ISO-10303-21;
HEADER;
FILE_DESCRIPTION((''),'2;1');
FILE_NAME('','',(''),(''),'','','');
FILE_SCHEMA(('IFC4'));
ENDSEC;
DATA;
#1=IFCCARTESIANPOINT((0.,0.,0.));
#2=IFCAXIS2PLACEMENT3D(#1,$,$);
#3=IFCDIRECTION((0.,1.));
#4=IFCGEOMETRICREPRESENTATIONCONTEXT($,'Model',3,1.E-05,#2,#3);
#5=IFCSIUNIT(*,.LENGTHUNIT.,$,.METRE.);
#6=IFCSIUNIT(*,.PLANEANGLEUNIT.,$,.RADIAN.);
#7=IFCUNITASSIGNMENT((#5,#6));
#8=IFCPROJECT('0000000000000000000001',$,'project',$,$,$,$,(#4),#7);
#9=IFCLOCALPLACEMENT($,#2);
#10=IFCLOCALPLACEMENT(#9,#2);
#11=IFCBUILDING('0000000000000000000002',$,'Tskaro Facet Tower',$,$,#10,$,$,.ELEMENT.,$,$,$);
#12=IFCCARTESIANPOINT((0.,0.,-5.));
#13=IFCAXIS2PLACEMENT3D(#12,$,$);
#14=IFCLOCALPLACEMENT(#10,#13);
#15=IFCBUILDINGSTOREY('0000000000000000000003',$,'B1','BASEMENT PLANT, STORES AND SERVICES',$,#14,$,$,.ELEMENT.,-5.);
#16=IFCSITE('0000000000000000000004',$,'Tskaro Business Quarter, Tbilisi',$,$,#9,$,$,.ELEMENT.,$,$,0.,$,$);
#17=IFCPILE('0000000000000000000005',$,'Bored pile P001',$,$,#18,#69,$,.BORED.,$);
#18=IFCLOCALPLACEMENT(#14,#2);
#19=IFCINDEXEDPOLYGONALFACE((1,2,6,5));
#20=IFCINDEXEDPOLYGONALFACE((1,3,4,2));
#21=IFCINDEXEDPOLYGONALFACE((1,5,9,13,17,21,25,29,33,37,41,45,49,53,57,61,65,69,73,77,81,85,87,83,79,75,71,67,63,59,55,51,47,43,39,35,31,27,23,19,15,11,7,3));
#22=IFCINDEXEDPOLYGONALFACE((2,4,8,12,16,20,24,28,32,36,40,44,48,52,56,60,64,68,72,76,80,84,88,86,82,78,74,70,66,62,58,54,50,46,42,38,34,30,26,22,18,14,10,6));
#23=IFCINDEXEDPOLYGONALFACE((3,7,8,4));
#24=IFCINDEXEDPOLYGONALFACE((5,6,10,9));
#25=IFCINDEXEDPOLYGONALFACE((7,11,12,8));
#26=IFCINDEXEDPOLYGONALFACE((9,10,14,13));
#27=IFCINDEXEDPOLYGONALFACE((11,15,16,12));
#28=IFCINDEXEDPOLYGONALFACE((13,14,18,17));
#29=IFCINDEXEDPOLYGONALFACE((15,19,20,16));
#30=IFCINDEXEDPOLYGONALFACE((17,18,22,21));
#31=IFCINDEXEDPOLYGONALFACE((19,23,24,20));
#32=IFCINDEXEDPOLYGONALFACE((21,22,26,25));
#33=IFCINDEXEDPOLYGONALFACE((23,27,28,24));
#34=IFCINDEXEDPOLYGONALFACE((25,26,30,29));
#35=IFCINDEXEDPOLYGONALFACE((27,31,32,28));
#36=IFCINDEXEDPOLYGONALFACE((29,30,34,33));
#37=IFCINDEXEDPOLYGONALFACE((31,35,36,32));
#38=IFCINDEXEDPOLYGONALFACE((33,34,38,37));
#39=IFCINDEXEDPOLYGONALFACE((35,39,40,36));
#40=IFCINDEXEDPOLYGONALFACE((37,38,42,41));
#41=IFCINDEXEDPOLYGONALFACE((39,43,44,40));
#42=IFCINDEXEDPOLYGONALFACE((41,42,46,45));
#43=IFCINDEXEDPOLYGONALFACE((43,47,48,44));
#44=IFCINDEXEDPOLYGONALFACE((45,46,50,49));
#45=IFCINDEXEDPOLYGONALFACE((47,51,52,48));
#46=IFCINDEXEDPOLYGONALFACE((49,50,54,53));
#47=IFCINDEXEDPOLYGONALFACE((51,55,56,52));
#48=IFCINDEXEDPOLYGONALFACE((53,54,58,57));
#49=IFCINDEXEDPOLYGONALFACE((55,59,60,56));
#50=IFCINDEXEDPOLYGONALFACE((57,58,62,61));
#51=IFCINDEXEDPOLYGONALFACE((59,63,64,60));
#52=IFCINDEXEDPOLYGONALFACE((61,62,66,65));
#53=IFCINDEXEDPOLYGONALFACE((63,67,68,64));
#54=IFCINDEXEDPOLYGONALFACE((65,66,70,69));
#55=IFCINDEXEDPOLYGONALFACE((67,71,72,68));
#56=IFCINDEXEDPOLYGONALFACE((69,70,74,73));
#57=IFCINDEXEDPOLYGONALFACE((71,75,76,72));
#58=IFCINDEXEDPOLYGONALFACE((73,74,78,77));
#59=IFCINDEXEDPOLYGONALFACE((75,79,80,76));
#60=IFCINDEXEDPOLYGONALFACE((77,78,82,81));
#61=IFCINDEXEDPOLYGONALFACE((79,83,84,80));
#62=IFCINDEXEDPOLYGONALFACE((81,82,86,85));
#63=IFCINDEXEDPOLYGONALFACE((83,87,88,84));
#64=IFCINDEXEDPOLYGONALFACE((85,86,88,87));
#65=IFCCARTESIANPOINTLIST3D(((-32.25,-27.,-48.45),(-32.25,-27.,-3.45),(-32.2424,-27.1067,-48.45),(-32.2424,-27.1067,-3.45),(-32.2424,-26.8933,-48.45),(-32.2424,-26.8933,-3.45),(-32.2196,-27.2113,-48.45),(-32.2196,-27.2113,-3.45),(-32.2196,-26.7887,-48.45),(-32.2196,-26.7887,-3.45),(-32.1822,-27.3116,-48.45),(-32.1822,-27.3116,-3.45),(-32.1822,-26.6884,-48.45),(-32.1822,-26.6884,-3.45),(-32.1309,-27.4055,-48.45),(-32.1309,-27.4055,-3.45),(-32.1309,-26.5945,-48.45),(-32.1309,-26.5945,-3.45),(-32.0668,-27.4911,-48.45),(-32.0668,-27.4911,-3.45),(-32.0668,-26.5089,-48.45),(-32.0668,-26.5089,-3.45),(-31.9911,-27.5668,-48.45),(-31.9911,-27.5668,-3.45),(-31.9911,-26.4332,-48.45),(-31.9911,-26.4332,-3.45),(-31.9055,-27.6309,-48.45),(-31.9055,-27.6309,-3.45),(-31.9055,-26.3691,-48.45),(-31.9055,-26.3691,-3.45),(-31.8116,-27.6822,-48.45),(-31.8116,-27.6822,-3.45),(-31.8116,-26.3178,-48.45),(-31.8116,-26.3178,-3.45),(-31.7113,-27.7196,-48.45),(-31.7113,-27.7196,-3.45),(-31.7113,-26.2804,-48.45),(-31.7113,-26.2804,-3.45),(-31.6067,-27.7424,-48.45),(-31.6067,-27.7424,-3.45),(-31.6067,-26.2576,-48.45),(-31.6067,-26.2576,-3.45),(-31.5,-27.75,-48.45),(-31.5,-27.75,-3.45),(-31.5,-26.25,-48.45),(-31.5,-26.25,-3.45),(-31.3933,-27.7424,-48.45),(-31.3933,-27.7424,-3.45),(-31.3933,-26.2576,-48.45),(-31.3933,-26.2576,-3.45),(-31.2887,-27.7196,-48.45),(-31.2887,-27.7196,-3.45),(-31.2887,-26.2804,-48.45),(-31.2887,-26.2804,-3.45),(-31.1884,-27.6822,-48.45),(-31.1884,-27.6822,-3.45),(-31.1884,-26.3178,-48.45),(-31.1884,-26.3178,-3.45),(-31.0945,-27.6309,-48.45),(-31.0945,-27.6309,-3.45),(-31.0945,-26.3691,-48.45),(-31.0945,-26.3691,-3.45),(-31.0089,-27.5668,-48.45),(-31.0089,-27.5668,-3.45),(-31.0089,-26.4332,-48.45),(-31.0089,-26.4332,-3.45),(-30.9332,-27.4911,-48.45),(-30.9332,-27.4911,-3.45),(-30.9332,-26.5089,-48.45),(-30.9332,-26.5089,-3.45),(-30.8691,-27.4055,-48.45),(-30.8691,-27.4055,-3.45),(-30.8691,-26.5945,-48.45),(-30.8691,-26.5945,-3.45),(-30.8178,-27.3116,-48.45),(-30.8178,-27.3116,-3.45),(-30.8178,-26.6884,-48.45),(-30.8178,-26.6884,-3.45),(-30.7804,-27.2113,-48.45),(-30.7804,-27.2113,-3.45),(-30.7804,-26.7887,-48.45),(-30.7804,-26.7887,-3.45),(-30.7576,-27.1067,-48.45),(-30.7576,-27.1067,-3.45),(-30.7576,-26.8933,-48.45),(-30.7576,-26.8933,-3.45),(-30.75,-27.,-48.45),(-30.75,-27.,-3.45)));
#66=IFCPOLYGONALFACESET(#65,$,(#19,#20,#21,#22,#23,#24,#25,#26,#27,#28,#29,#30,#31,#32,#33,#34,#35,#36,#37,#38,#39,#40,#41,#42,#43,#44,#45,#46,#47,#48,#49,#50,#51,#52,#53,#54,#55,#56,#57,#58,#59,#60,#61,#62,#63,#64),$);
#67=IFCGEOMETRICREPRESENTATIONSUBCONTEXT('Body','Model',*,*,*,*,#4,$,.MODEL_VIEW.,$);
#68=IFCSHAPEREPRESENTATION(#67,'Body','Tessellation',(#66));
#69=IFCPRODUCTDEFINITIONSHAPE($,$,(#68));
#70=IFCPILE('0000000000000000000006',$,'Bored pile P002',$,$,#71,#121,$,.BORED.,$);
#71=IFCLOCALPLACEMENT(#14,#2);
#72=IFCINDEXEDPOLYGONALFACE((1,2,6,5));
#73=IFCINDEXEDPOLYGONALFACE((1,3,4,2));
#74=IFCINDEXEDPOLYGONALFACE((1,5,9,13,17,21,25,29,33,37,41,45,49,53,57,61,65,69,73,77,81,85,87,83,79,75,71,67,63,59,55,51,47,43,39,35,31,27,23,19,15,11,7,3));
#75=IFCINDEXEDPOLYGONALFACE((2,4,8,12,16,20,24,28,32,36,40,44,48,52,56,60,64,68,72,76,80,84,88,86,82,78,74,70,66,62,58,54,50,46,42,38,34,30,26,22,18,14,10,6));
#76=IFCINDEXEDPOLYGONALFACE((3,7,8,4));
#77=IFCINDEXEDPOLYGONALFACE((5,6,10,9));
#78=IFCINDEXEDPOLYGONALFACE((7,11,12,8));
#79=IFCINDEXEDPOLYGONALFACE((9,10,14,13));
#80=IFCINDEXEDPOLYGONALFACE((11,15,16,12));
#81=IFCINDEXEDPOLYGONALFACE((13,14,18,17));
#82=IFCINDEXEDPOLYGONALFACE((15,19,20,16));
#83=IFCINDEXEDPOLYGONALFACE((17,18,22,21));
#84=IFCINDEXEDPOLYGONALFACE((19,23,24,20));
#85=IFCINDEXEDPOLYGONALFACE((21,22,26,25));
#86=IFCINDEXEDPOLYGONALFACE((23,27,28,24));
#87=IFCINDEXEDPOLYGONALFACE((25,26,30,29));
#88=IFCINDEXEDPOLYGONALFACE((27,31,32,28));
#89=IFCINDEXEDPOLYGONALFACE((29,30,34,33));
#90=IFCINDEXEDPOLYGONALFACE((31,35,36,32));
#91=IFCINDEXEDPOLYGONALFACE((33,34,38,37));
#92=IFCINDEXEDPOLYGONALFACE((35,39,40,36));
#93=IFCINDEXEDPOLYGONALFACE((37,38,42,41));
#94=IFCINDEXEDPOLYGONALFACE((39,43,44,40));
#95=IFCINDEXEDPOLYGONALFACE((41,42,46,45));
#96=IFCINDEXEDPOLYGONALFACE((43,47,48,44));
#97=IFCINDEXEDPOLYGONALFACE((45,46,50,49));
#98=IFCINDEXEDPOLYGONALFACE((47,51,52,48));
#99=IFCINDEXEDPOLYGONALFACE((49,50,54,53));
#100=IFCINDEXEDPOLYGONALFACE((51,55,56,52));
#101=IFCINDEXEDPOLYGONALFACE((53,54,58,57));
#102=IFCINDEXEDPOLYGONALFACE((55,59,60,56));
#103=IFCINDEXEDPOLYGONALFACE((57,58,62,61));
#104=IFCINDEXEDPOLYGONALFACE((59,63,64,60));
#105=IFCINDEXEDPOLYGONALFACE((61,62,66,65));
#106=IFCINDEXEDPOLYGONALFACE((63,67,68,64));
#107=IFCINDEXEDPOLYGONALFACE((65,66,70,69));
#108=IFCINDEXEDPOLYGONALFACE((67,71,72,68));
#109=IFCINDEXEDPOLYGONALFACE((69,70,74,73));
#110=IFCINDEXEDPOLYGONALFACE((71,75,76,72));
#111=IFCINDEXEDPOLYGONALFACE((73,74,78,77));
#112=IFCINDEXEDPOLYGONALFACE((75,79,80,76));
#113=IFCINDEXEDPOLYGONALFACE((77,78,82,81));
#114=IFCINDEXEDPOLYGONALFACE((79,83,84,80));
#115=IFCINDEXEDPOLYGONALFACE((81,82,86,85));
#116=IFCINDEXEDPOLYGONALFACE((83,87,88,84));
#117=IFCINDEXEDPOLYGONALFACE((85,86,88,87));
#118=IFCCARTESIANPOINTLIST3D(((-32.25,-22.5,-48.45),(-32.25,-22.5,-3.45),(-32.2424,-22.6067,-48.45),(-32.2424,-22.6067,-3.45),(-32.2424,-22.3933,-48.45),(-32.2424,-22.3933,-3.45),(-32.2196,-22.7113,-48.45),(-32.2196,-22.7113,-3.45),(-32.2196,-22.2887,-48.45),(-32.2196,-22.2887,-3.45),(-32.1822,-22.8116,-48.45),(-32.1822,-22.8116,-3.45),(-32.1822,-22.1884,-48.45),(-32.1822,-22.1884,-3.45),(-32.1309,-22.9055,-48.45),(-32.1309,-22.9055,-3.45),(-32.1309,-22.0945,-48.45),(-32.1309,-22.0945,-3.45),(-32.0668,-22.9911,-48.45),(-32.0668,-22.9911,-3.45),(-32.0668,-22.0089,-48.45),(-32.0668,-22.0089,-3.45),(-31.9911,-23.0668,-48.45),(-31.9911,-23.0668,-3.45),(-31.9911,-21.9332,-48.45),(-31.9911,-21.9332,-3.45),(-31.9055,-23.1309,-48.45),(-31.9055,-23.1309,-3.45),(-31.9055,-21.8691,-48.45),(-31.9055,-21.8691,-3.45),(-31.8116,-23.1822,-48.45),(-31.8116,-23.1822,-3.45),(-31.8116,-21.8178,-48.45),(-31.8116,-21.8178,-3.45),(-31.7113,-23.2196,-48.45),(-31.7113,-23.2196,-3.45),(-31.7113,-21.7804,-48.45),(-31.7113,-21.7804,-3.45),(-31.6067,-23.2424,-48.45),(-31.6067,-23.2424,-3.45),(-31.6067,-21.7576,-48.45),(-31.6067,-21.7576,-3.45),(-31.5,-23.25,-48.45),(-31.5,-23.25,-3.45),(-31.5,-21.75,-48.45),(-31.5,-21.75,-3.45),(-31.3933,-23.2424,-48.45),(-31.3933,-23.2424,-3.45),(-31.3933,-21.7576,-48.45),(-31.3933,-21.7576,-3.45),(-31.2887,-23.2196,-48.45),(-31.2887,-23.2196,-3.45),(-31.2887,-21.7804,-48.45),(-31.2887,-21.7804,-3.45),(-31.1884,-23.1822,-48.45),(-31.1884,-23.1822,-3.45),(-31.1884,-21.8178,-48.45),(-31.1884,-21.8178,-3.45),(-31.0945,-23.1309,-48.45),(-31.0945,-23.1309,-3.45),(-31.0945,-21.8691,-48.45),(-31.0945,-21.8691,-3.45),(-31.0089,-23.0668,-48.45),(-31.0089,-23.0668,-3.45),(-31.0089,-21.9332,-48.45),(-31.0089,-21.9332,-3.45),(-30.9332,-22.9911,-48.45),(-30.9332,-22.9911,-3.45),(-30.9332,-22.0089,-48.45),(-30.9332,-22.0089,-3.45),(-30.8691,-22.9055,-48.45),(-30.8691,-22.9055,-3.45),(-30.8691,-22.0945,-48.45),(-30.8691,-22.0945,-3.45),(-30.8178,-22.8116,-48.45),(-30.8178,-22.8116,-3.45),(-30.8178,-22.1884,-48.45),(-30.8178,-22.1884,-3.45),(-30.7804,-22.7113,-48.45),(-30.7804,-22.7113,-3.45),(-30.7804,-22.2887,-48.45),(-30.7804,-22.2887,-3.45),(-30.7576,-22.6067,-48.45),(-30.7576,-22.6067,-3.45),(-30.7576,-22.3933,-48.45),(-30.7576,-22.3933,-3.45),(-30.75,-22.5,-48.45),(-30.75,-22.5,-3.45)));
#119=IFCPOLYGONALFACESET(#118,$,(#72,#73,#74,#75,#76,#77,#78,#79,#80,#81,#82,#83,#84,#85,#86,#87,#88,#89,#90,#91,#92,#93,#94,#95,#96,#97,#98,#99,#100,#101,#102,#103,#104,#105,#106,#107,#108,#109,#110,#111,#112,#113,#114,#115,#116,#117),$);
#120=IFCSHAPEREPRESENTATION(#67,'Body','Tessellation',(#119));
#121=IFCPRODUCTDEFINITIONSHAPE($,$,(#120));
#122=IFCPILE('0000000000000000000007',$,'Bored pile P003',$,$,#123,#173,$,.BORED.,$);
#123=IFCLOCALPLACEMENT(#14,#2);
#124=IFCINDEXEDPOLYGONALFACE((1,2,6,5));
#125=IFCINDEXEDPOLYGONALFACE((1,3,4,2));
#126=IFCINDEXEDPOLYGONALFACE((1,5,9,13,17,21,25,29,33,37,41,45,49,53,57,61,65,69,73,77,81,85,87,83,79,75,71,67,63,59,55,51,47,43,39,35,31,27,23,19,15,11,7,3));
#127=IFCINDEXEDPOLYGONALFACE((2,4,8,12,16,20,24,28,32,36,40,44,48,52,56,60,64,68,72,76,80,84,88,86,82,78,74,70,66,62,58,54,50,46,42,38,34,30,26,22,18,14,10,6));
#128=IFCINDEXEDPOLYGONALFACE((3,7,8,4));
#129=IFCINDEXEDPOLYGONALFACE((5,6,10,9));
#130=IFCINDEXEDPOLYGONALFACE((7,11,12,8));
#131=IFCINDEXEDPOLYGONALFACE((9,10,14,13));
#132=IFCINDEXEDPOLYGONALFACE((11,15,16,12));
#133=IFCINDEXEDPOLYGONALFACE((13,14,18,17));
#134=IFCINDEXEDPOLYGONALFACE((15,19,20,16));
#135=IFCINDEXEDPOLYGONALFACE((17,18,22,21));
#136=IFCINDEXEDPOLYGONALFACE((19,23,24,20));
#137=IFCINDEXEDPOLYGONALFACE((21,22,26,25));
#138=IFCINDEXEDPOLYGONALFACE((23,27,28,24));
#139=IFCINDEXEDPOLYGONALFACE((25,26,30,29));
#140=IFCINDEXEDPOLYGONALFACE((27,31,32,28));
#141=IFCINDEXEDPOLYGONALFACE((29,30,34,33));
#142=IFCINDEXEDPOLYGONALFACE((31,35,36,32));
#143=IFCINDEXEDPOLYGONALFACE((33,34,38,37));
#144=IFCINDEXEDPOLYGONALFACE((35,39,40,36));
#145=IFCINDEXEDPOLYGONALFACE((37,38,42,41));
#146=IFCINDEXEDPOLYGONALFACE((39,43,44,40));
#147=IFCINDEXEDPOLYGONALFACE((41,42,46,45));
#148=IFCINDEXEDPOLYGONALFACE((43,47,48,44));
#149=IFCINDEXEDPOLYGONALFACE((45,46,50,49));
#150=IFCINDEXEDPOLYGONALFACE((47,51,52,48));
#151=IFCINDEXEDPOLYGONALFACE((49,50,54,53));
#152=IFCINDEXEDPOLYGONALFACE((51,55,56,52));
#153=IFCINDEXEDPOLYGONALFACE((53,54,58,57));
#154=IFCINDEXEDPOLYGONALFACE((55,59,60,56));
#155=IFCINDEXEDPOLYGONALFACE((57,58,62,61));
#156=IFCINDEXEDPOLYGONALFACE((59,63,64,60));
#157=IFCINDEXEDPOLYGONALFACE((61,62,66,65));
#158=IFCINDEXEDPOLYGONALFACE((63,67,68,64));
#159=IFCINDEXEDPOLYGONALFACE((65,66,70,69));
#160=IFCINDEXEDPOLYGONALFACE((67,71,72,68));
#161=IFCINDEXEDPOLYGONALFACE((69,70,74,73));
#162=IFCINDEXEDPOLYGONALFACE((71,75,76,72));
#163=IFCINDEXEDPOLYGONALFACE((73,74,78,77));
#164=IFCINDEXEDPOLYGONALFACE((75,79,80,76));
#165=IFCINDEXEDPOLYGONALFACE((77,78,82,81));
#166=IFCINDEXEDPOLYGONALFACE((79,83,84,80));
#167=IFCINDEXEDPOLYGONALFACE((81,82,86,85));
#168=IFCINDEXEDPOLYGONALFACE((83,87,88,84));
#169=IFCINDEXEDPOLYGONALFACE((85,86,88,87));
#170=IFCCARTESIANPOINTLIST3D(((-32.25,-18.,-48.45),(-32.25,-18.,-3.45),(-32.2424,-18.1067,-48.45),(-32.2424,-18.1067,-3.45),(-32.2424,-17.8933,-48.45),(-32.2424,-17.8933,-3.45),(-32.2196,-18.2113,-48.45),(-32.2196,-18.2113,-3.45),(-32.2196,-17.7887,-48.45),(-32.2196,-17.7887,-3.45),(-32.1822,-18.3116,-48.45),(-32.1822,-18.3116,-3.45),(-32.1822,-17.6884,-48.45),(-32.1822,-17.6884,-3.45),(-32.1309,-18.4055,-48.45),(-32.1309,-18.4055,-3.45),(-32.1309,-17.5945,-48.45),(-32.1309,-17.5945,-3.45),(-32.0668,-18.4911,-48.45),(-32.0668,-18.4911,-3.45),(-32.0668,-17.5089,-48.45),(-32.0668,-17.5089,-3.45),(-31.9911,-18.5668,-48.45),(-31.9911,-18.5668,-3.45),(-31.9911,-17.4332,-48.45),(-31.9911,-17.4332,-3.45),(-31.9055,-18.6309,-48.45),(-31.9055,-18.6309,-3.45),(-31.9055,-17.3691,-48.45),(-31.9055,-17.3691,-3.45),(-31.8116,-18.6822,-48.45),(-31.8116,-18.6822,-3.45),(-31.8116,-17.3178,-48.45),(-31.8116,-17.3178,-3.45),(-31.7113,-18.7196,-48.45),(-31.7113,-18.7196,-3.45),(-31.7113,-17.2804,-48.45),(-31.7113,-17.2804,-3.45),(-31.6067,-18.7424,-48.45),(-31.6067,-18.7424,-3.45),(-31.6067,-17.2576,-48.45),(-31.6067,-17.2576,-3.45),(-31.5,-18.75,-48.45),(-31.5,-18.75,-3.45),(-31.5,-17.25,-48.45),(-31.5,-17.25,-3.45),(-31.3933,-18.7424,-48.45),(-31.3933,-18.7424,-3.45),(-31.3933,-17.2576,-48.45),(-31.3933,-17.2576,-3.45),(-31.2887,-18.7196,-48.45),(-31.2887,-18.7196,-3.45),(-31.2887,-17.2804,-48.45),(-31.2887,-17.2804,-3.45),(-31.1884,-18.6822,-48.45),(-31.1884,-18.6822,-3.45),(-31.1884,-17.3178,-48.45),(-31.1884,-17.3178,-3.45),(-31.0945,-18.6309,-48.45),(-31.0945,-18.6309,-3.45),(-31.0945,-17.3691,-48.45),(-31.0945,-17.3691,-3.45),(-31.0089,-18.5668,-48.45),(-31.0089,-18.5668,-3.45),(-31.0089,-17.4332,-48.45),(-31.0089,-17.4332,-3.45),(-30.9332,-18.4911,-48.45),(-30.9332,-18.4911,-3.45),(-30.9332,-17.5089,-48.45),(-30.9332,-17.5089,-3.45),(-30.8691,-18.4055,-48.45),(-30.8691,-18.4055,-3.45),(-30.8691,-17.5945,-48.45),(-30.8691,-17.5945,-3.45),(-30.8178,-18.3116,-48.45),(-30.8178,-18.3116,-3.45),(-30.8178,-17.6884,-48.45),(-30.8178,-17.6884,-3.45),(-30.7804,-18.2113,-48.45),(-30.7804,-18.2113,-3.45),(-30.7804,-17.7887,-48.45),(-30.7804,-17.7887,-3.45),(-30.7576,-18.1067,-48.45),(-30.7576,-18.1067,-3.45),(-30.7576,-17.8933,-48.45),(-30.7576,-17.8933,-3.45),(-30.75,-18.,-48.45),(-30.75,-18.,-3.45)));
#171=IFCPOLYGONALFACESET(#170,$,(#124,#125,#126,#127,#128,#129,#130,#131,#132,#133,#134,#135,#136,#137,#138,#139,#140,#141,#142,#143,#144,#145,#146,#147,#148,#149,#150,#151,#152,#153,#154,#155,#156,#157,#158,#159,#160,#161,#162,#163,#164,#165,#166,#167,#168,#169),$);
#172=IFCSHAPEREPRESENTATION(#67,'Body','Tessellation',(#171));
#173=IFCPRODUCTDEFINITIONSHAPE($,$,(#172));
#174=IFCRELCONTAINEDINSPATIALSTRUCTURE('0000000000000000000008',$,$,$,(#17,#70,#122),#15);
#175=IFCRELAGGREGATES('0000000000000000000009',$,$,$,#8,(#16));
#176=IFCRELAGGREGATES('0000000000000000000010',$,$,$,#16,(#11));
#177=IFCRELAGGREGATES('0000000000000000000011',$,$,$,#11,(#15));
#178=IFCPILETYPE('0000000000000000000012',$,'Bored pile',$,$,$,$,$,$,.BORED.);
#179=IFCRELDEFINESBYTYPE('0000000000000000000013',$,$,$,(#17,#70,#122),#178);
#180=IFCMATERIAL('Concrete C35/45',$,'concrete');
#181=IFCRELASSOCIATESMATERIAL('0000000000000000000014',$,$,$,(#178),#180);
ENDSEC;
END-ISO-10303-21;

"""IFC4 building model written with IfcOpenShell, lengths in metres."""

from ifc_helpers import new_model, si_unit, direction, frame, origin, origin_2d, place, context, subcontext, project, spatial, circle, extrude, material, material_profile, profile_set, type_object, element, save


model = new_model("IFC4")

# Units and contexts
model_context = context("Model", 3, precision=1e-05, world=origin(), true_north=direction((0.0, 1.0)))
body_context = subcontext(model_context, "Body", "Model", "MODEL_VIEW")
ifc_project = project(units=[si_unit("LENGTHUNIT", "METRE"), si_unit("PLANEANGLEUNIT", "RADIAN")], contexts=[model_context])

# Site, building, storey
site_placement = place(None, origin())
site = spatial("IfcSite", under=ifc_project, at=site_placement, Name="Tskaro Business Quarter, Tbilisi", CompositionType="ELEMENT", RefElevation=0.0)
building_placement = place(site_placement, origin())
building = spatial("IfcBuilding", under=site, at=building_placement, Name="Tskaro Facet Tower", CompositionType="ELEMENT")
storey_placement = place(building_placement, frame((0.0, 0.0, -5.0)))
storey = spatial("IfcBuildingStorey", under=building, at=storey_placement, Name="B1", Description="BASEMENT PLANT, STORES AND SERVICES", CompositionType="ELEMENT", Elevation=-5.0)

# Piles
ifc_material_1 = material(Name="Concrete C35/45", Category="concrete")
ifc_material_profile_1 = material_profile(ifc_material_1, circle(Radius=0.75, at=origin_2d()), Name="Bored pile")
ifc_profile_set_1 = profile_set([ifc_material_profile_1], Name="Concrete C35/45")
pile_type = type_object("IfcPileType", Name="Bored pile", PredefinedType="BORED", material=ifc_profile_set_1)
for number, where, z_axis, x_axis, name in (
    (1, (-31.5, -27.0, -3.45), (0.0, 0.0, -1.0), (1.0, 0.0, 0.0), "Bored pile P001"),
    (2, (-31.5, -22.5, -3.45), (0.0, 0.0, -1.0), (1.0, 0.0, 0.0), "Bored pile P002"),
    (3, (-31.5, -18.0, -3.45), (0.0, 0.0, -1.0), (1.0, 0.0, 0.0), "Bored pile P003"),
):
    element("IfcPile", number, at=place(storey_placement, frame(where, z_axis=z_axis, x_axis=x_axis)), inside=storey, type_object=pile_type, Name=name, PredefinedType="BORED", context=body_context, shape_type="SweptSolid", body=[
        extrude(circle(Radius=0.75, at=origin_2d()), origin(), (0.0, 0.0, 1.0), 45.0),
    ])

save(model, "model.ifc")
